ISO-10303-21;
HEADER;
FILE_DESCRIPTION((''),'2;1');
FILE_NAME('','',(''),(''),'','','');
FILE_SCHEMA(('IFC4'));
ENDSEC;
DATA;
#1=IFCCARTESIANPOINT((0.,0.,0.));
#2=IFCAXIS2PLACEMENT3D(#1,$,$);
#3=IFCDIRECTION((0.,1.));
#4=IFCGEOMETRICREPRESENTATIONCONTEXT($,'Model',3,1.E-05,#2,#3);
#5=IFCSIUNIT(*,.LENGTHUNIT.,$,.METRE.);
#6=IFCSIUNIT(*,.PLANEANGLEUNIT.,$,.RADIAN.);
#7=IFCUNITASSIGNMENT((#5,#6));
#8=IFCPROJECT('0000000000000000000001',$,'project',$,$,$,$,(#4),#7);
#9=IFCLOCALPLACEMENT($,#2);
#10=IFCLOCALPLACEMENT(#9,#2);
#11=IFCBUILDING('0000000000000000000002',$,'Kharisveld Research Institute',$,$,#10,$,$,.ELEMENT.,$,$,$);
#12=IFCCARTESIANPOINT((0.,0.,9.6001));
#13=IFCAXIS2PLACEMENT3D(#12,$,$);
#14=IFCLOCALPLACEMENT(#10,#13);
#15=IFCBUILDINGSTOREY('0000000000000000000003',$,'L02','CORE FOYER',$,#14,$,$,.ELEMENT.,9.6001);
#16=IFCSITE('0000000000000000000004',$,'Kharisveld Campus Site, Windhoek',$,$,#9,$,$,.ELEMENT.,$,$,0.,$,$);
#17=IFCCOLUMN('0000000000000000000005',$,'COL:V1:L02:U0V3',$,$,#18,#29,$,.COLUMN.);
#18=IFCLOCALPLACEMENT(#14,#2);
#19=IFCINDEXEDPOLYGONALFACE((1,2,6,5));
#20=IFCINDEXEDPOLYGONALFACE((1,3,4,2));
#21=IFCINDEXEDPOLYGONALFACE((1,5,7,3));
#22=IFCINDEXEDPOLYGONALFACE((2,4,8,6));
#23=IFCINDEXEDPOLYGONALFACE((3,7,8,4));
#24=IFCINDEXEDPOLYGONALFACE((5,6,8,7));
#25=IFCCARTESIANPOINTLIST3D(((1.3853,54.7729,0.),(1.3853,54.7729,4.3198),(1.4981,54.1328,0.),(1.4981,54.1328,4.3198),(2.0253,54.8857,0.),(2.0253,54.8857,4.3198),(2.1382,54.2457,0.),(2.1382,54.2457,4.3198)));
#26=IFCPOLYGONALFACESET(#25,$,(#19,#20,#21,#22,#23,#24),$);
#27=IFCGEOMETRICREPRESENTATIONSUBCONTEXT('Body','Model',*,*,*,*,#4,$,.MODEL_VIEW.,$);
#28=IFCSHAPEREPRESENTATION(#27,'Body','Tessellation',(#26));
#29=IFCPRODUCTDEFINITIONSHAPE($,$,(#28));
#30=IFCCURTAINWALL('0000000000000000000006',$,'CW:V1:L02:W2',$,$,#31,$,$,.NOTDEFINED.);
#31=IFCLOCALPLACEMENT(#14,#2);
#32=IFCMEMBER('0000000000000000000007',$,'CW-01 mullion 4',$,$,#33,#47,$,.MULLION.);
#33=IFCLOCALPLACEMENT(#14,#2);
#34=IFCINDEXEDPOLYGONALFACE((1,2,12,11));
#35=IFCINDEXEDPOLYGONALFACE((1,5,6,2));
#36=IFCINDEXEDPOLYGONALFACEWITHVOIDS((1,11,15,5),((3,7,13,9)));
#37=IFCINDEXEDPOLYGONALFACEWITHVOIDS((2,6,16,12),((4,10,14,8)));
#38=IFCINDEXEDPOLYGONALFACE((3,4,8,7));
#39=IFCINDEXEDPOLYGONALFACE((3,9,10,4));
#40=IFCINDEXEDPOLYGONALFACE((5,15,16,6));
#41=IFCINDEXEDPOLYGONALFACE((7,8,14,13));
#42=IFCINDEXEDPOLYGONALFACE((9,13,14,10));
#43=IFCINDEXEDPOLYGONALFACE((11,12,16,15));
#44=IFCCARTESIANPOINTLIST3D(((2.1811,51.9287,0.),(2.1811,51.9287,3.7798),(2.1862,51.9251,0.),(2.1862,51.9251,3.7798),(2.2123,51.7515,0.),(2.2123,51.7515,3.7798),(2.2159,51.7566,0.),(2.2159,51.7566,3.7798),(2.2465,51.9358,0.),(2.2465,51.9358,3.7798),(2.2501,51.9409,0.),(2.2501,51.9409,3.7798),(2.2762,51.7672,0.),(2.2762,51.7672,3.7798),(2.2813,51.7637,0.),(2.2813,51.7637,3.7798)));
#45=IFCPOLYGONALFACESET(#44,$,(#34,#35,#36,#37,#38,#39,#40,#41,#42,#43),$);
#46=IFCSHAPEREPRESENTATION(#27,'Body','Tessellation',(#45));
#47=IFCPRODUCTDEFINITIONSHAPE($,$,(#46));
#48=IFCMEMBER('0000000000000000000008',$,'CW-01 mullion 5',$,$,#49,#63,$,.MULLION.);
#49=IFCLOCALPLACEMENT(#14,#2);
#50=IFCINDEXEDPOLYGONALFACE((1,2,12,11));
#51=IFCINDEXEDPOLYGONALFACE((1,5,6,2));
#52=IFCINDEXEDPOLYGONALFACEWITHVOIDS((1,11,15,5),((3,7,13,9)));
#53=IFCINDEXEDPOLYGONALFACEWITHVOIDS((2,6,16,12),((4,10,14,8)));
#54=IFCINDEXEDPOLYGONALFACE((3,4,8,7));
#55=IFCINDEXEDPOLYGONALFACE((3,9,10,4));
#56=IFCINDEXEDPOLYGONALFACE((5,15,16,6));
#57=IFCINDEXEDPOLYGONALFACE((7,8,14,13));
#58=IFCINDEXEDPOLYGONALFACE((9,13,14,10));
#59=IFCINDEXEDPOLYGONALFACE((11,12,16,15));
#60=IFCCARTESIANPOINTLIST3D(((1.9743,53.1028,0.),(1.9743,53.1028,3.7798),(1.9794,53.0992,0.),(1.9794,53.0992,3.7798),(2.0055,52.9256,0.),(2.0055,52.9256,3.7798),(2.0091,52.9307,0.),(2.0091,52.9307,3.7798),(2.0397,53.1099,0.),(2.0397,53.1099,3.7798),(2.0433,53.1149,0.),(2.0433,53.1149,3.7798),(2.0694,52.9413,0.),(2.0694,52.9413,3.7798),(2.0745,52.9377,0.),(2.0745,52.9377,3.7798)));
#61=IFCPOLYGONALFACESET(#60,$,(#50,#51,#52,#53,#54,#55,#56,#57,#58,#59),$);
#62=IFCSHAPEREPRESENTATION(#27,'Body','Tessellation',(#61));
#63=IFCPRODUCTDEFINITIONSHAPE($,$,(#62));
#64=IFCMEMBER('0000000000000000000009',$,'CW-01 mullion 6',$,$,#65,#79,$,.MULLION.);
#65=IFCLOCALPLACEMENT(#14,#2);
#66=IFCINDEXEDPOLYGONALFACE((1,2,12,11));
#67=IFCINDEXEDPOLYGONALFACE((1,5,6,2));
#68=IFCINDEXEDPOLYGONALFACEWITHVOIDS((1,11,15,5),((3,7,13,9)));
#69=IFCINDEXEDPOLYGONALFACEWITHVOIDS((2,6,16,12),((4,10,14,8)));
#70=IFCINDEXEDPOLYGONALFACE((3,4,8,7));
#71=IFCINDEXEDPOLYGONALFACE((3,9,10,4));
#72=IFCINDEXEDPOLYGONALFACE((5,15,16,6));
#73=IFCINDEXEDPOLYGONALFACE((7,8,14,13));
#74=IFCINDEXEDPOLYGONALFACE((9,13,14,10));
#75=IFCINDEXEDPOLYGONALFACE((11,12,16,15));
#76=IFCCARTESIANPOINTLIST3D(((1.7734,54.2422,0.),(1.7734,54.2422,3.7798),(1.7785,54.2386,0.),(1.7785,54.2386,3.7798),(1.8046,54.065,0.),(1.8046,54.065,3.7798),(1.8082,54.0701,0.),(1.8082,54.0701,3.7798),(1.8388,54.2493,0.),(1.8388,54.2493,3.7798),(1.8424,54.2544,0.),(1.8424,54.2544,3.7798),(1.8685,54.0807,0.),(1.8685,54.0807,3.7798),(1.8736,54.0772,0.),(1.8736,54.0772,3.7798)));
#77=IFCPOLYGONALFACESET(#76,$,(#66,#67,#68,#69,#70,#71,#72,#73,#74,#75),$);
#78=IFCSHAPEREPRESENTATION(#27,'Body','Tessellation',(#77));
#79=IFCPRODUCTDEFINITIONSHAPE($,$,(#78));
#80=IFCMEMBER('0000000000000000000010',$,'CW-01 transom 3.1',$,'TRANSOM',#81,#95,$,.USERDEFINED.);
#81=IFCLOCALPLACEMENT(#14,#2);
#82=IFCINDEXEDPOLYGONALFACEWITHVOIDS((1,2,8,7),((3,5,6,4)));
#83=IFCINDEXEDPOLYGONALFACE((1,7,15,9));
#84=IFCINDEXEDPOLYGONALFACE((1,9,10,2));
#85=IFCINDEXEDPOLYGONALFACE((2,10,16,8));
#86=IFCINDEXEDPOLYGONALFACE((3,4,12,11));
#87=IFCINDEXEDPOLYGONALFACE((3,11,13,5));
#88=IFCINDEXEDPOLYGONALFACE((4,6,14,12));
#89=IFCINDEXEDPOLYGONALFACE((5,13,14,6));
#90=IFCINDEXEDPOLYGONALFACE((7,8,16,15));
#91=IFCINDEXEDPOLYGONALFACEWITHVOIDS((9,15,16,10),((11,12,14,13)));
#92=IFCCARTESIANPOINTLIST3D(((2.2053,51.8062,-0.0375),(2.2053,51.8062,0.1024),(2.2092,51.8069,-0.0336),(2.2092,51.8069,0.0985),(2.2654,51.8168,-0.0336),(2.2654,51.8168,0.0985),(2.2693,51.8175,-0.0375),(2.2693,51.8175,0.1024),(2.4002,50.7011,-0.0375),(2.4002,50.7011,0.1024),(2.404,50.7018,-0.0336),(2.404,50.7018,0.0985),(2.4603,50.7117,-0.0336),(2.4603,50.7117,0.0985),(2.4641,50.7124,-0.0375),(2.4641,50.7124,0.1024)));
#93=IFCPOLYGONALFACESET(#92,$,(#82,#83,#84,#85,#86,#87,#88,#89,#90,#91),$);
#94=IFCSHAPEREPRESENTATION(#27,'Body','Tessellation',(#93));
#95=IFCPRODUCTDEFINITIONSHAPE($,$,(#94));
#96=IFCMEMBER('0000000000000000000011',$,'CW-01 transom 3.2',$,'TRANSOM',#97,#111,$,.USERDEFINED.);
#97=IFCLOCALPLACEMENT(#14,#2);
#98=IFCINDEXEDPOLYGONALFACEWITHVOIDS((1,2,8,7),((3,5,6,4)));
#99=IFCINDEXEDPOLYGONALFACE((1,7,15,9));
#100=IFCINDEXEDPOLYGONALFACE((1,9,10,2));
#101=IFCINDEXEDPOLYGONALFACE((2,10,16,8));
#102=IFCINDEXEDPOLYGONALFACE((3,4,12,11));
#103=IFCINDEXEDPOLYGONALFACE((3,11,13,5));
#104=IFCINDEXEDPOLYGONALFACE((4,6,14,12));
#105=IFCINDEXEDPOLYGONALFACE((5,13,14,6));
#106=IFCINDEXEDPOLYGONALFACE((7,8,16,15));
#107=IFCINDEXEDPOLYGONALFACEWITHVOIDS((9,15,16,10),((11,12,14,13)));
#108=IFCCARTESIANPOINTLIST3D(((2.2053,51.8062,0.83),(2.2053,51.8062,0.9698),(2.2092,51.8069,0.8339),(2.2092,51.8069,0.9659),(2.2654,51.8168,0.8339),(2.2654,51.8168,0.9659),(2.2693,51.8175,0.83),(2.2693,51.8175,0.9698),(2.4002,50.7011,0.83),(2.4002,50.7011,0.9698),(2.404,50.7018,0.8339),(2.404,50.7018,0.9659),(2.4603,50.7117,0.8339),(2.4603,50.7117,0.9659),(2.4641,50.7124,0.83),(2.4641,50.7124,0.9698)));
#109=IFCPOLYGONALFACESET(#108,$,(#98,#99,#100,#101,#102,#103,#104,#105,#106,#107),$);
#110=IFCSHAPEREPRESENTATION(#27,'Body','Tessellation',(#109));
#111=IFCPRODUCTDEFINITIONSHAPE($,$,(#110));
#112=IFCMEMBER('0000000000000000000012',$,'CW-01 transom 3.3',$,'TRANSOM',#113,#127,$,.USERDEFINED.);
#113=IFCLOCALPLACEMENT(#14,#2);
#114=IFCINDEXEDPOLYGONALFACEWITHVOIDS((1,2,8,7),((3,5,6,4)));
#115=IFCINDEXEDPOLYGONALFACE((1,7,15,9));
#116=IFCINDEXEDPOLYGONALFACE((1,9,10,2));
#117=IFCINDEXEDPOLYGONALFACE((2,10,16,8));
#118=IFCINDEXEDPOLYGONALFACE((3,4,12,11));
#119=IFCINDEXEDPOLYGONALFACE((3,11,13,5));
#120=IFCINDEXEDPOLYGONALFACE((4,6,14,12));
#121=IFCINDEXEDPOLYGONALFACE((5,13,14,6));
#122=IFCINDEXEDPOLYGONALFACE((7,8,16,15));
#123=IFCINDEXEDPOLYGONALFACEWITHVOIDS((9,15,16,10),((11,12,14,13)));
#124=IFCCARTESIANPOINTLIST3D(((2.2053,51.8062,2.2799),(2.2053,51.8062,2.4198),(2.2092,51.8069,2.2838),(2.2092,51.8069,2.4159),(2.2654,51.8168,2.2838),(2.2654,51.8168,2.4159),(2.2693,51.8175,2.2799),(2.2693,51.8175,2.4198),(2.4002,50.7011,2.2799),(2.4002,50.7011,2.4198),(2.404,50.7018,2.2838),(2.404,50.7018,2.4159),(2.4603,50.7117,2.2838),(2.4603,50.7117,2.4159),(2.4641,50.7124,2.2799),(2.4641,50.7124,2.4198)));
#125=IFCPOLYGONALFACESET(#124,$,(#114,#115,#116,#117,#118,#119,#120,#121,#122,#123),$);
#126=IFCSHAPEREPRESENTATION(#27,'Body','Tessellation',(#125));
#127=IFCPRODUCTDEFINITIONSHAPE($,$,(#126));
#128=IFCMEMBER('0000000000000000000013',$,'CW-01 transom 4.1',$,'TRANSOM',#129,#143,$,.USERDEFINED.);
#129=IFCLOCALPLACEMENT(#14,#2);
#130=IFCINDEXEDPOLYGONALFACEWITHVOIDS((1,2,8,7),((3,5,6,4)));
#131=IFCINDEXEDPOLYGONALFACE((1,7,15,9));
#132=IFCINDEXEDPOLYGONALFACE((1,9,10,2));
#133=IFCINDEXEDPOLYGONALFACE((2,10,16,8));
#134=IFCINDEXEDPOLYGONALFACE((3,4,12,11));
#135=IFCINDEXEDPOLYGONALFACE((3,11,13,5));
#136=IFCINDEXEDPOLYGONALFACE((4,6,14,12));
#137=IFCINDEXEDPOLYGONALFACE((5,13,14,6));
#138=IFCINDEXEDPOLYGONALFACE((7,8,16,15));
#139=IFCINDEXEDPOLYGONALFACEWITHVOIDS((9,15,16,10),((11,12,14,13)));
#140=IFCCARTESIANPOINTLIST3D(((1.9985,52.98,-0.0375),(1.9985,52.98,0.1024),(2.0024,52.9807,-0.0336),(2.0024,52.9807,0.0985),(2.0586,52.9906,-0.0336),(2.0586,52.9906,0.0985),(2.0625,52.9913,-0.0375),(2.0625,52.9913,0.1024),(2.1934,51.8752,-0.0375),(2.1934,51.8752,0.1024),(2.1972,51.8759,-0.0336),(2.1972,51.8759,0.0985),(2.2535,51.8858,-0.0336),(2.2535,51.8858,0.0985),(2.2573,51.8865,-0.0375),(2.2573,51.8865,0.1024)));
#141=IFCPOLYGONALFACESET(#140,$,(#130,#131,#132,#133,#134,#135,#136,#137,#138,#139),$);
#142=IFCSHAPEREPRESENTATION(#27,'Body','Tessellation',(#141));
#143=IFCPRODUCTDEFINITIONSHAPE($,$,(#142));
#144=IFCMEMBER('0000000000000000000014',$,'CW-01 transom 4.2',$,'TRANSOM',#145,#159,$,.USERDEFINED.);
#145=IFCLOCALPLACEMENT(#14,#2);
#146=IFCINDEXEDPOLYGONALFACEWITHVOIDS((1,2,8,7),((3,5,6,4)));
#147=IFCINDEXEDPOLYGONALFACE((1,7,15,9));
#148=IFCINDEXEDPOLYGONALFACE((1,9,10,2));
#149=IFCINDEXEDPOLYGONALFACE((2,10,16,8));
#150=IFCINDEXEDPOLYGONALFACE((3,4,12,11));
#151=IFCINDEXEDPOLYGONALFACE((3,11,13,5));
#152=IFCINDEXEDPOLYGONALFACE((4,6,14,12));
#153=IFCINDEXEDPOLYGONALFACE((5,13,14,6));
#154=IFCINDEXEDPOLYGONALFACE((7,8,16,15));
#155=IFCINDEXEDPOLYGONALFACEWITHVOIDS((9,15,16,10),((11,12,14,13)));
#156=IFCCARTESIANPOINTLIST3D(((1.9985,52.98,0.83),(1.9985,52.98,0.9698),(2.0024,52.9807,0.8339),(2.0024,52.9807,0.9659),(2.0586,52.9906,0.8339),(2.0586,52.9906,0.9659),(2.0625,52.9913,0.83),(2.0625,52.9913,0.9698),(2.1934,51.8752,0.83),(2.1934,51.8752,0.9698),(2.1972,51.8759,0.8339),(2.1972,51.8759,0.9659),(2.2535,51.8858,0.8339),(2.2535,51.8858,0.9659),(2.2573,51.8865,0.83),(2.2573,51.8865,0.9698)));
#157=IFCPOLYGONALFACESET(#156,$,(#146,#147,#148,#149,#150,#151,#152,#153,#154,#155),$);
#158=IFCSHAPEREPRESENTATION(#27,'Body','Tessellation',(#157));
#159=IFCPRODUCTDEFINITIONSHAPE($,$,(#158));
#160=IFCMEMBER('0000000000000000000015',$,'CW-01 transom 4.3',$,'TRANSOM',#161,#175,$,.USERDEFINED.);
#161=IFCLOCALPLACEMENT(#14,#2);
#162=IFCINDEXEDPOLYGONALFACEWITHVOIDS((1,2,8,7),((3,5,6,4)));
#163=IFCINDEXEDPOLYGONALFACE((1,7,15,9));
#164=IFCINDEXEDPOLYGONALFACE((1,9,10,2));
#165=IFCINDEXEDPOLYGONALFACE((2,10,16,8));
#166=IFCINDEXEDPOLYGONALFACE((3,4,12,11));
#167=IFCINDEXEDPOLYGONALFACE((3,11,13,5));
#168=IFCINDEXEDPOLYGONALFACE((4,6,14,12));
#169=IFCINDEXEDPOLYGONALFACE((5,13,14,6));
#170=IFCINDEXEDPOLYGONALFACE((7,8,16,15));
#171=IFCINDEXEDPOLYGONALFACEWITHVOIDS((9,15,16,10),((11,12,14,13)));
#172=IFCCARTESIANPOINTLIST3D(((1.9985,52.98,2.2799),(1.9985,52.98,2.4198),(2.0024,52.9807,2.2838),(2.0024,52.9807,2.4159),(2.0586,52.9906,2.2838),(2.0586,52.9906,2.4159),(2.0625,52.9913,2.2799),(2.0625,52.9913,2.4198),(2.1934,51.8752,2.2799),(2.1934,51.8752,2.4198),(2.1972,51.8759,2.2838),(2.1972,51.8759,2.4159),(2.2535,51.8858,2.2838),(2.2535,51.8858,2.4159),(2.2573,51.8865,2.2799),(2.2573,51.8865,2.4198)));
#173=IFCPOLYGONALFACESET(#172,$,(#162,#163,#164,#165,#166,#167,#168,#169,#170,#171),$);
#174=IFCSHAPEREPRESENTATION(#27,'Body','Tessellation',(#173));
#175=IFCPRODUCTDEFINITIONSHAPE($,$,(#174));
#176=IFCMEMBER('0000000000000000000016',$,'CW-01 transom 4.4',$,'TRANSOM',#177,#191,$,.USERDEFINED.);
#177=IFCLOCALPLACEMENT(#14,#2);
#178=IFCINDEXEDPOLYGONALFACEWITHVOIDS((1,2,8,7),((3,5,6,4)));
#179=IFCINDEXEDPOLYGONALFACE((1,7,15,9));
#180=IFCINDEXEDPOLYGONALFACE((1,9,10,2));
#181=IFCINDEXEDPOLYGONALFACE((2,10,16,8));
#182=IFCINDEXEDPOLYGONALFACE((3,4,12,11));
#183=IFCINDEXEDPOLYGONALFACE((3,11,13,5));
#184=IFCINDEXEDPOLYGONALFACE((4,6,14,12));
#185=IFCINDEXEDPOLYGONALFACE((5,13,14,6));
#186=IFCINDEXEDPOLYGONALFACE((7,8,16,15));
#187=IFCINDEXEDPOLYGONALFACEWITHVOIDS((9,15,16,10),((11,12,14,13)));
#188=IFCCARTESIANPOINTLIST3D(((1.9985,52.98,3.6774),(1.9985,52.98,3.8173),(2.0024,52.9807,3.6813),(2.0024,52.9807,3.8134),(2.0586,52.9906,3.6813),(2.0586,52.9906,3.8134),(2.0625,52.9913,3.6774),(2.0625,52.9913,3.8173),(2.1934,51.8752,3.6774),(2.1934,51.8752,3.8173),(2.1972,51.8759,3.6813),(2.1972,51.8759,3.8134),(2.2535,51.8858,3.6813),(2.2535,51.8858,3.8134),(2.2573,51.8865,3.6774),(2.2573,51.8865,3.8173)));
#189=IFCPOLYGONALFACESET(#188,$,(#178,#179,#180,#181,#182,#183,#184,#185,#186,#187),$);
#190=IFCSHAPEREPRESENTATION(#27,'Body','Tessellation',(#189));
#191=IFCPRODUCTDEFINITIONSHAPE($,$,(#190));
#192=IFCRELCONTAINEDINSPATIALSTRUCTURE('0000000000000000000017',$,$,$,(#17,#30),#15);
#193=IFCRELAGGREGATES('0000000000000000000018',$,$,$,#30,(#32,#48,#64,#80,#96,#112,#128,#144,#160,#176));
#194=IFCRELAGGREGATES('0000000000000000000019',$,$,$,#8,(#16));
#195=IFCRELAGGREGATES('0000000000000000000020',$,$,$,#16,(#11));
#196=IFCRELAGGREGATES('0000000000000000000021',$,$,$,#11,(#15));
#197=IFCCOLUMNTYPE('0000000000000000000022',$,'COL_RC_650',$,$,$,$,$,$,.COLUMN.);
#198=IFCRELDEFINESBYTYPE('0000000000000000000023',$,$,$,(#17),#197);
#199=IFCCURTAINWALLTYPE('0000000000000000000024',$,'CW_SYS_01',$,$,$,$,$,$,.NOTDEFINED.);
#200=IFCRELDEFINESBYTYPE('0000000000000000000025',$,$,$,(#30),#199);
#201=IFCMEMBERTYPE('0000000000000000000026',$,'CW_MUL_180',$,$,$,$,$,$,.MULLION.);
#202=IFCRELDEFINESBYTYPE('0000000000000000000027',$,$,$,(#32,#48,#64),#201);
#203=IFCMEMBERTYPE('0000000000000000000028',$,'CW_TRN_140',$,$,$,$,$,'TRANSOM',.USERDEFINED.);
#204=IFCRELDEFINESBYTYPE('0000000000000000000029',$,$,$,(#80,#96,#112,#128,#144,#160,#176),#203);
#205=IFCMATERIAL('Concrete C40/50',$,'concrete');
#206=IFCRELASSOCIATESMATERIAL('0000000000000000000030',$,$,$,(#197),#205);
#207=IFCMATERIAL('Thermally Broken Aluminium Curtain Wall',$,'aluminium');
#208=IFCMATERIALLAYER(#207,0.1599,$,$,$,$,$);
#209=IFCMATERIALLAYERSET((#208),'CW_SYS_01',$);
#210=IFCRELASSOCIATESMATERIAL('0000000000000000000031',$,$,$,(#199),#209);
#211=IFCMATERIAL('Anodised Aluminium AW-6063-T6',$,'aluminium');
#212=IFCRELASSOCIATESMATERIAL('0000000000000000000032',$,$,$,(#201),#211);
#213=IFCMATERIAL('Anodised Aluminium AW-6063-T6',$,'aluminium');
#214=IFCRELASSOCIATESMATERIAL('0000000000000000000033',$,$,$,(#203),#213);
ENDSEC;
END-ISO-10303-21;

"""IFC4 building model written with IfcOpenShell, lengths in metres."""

from ifc_helpers import new_model, si_unit, direction, frame, origin, origin_2d, place, context, subcontext, project, spatial, rectangle, hollow_rectangle, extrude, material, layer, layer_set, material_profile, profile_set, type_object, element, aggregate, save


model = new_model("IFC4")

# Units and contexts
model_context = context("Model", 3, precision=1e-05, world=origin(), true_north=direction((0.0, 1.0)))
body_context = subcontext(model_context, "Body", "Model", "MODEL_VIEW")
ifc_project = project(units=[si_unit("LENGTHUNIT", "METRE"), si_unit("PLANEANGLEUNIT", "RADIAN")], contexts=[model_context])

# Site, building, storey
site_placement = place(None, origin())
site = spatial("IfcSite", under=ifc_project, at=site_placement, Name="Kharisveld Campus Site, Windhoek", CompositionType="ELEMENT", RefElevation=0.0)
building_placement = place(site_placement, origin())
building = spatial("IfcBuilding", under=site, at=building_placement, Name="Kharisveld Research Institute", CompositionType="ELEMENT")
storey_placement = place(building_placement, frame((0.0, 0.0, 9.6001)))
storey = spatial("IfcBuildingStorey", under=building, at=storey_placement, Name="L02", Description="CORE FOYER", CompositionType="ELEMENT", Elevation=9.6001)

# Column
ifc_material_1 = material(Name="Concrete C40/50", Category="concrete")
ifc_material_profile_1 = material_profile(ifc_material_1, rectangle(XDim=0.6499, YDim=0.6499, at=origin_2d()))
ifc_profile_set_1 = profile_set([ifc_material_profile_1], Name="Concrete C40/50")
column_type = type_object("IfcColumnType", Name="COL_RC_650", PredefinedType="COLUMN", material=ifc_profile_set_1)
column_placement = place(storey_placement, frame((1.7617, 54.5093, 0.0), z_axis=(0.0, 0.0, 1.0), x_axis=(0.984808, 0.173648, 0.0)))
element("IfcColumn", 1, at=column_placement, inside=storey, type_object=column_type, Name="COL:V1:L02:U0V3", PredefinedType="COLUMN", context=body_context, shape_type="SweptSolid", body=[
    extrude(rectangle(XDim=0.6499, YDim=0.6499, at=origin_2d()), origin(), (0.0, 0.0, 1.0), 4.3198),
])

# Curtain wall, members
ifc_material_2 = material(Name="Thermally Broken Aluminium Curtain Wall", Category="aluminium")
ifc_layer_1 = layer(ifc_material_2, 0.1599)
ifc_layer_set_1 = layer_set([ifc_layer_1], Name="CW_SYS_01")
curtain_wall_type = type_object("IfcCurtainWallType", Name="CW_SYS_01", PredefinedType="NOTDEFINED", material=ifc_layer_set_1)
curtain_wall_placement = place(storey_placement, origin())
curtain_wall = element("IfcCurtainWall", 2, at=curtain_wall_placement, inside=storey, type_object=curtain_wall_type, Name="CW:V1:L02:W2", PredefinedType="NOTDEFINED")
ifc_material_3 = material(Name="Anodised Aluminium AW-6063-T6", Category="aluminium")
ifc_material_profile_2 = material_profile(ifc_material_3, hollow_rectangle(XDim=0.0701, YDim=0.1799, WallThickness=0.0044, at=origin_2d()))
ifc_profile_set_2 = profile_set([ifc_material_profile_2], Name="Anodised Aluminium AW-6063-T6")
member_type_1 = type_object("IfcMemberType", Name="CW_MUL_180", PredefinedType="MULLION", material=ifc_profile_set_2)
member_1_placement = place(storey_placement, frame((2.2312, 51.8462, 0.0), z_axis=(0.0, 0.0, 1.0), x_axis=(-0.984808, -0.173648, 0.0)))
member_1 = element("IfcMember", 3, at=member_1_placement, type_object=member_type_1, Name="CW-01 mullion 4", PredefinedType="MULLION", context=body_context, shape_type="SweptSolid", body=[
    extrude(hollow_rectangle(XDim=0.0701, YDim=0.1799, WallThickness=0.0044, at=origin_2d()), origin(), (0.0, 0.0, 1.0), 3.7798),
])
member_2_placement = place(storey_placement, frame((2.0244, 53.0203, 0.0), z_axis=(0.0, 0.0, 1.0), x_axis=(-0.984808, -0.173648, 0.0)))
member_2 = element("IfcMember", 4, at=member_2_placement, type_object=member_type_1, Name="CW-01 mullion 5", PredefinedType="MULLION", context=body_context, shape_type="SweptSolid", body=[
    extrude(hollow_rectangle(XDim=0.0701, YDim=0.1799, WallThickness=0.0044, at=origin_2d()), origin(), (0.0, 0.0, 1.0), 3.7798),
])
member_3_placement = place(storey_placement, frame((1.8235, 54.1597, 0.0), z_axis=(0.0, 0.0, 1.0), x_axis=(-0.984808, -0.173648, 0.0)))
member_3 = element("IfcMember", 5, at=member_3_placement, type_object=member_type_1, Name="CW-01 mullion 6", PredefinedType="MULLION", context=body_context, shape_type="SweptSolid", body=[
    extrude(hollow_rectangle(XDim=0.0701, YDim=0.1799, WallThickness=0.0044, at=origin_2d()), origin(), (0.0, 0.0, 1.0), 3.7798),
])
ifc_material_4 = material(Name="Anodised Aluminium AW-6063-T6", Category="aluminium")
ifc_material_profile_3 = material_profile(ifc_material_4, hollow_rectangle(XDim=0.0649, YDim=0.1399, WallThickness=0.0039, at=origin_2d()))
ifc_profile_set_3 = profile_set([ifc_material_profile_3], Name="Anodised Aluminium AW-6063-T6")
member_type_2 = type_object("IfcMemberType", Name="CW_TRN_140", ElementType="TRANSOM", PredefinedType="USERDEFINED", material=ifc_profile_set_3)
member_4_placement = place(storey_placement, frame((2.4321, 50.7068, 0.0325), z_axis=(-0.173636, 0.98481, 0.0), x_axis=(-0.98481, -0.173636, 0.0)))
member_4 = element("IfcMember", 6, at=member_4_placement, type_object=member_type_2, Name="CW-01 transom 3.1", ObjectType="TRANSOM", PredefinedType="USERDEFINED", context=body_context, shape_type="SweptSolid", body=[
    extrude(hollow_rectangle(XDim=0.0649, YDim=0.1399, WallThickness=0.0039, at=origin_2d()), origin(), (0.0, 0.0, 1.0), 1.1221),
])
member_5_placement = place(storey_placement, frame((2.4321, 50.7068, 0.8999), z_axis=(-0.173636, 0.98481, 0.0), x_axis=(-0.98481, -0.173636, 0.0)))
member_5 = element("IfcMember", 7, at=member_5_placement, type_object=member_type_2, Name="CW-01 transom 3.2", ObjectType="TRANSOM", PredefinedType="USERDEFINED", context=body_context, shape_type="SweptSolid", body=[
    extrude(hollow_rectangle(XDim=0.0649, YDim=0.1399, WallThickness=0.0039, at=origin_2d()), origin(), (0.0, 0.0, 1.0), 1.1221),
])
member_6_placement = place(storey_placement, frame((2.4321, 50.7068, 2.3499), z_axis=(-0.173636, 0.98481, 0.0), x_axis=(-0.98481, -0.173636, 0.0)))
member_6 = element("IfcMember", 8, at=member_6_placement, type_object=member_type_2, Name="CW-01 transom 3.3", ObjectType="TRANSOM", PredefinedType="USERDEFINED", context=body_context, shape_type="SweptSolid", body=[
    extrude(hollow_rectangle(XDim=0.0649, YDim=0.1399, WallThickness=0.0039, at=origin_2d()), origin(), (0.0, 0.0, 1.0), 1.1221),
])
member_7_placement = place(storey_placement, frame((2.2253, 51.8809, 0.0325), z_axis=(-0.173674, 0.984803, 0.0), x_axis=(-0.984803, -0.173674, 0.0)))
member_7 = element("IfcMember", 9, at=member_7_placement, type_object=member_type_2, Name="CW-01 transom 4.1", ObjectType="TRANSOM", PredefinedType="USERDEFINED", context=body_context, shape_type="SweptSolid", body=[
    extrude(hollow_rectangle(XDim=0.0649, YDim=0.1399, WallThickness=0.0039, at=origin_2d()), origin(), (0.0, 0.0, 1.0), 1.1218),
])
member_8_placement = place(storey_placement, frame((2.2253, 51.8809, 0.8999), z_axis=(-0.173674, 0.984803, 0.0), x_axis=(-0.984803, -0.173674, 0.0)))
member_8 = element("IfcMember", 10, at=member_8_placement, type_object=member_type_2, Name="CW-01 transom 4.2", ObjectType="TRANSOM", PredefinedType="USERDEFINED", context=body_context, shape_type="SweptSolid", body=[
    extrude(hollow_rectangle(XDim=0.0649, YDim=0.1399, WallThickness=0.0039, at=origin_2d()), origin(), (0.0, 0.0, 1.0), 1.1218),
])
member_9_placement = place(storey_placement, frame((2.2253, 51.8809, 2.3499), z_axis=(-0.173674, 0.984803, 0.0), x_axis=(-0.984803, -0.173674, 0.0)))
member_9 = element("IfcMember", 11, at=member_9_placement, type_object=member_type_2, Name="CW-01 transom 4.3", ObjectType="TRANSOM", PredefinedType="USERDEFINED", context=body_context, shape_type="SweptSolid", body=[
    extrude(hollow_rectangle(XDim=0.0649, YDim=0.1399, WallThickness=0.0039, at=origin_2d()), origin(), (0.0, 0.0, 1.0), 1.1218),
])
member_10_placement = place(storey_placement, frame((2.2253, 51.8809, 3.7473), z_axis=(-0.173674, 0.984803, 0.0), x_axis=(-0.984803, -0.173674, 0.0)))
member_10 = element("IfcMember", 12, at=member_10_placement, type_object=member_type_2, Name="CW-01 transom 4.4", ObjectType="TRANSOM", PredefinedType="USERDEFINED", context=body_context, shape_type="SweptSolid", body=[
    extrude(hollow_rectangle(XDim=0.0649, YDim=0.1399, WallThickness=0.0039, at=origin_2d()), origin(), (0.0, 0.0, 1.0), 1.1218),
])

aggregate(curtain_wall, [member_1, member_2, member_3, member_4, member_5, member_6, member_7, member_8, member_9, member_10])

save(model, "model.ifc")
